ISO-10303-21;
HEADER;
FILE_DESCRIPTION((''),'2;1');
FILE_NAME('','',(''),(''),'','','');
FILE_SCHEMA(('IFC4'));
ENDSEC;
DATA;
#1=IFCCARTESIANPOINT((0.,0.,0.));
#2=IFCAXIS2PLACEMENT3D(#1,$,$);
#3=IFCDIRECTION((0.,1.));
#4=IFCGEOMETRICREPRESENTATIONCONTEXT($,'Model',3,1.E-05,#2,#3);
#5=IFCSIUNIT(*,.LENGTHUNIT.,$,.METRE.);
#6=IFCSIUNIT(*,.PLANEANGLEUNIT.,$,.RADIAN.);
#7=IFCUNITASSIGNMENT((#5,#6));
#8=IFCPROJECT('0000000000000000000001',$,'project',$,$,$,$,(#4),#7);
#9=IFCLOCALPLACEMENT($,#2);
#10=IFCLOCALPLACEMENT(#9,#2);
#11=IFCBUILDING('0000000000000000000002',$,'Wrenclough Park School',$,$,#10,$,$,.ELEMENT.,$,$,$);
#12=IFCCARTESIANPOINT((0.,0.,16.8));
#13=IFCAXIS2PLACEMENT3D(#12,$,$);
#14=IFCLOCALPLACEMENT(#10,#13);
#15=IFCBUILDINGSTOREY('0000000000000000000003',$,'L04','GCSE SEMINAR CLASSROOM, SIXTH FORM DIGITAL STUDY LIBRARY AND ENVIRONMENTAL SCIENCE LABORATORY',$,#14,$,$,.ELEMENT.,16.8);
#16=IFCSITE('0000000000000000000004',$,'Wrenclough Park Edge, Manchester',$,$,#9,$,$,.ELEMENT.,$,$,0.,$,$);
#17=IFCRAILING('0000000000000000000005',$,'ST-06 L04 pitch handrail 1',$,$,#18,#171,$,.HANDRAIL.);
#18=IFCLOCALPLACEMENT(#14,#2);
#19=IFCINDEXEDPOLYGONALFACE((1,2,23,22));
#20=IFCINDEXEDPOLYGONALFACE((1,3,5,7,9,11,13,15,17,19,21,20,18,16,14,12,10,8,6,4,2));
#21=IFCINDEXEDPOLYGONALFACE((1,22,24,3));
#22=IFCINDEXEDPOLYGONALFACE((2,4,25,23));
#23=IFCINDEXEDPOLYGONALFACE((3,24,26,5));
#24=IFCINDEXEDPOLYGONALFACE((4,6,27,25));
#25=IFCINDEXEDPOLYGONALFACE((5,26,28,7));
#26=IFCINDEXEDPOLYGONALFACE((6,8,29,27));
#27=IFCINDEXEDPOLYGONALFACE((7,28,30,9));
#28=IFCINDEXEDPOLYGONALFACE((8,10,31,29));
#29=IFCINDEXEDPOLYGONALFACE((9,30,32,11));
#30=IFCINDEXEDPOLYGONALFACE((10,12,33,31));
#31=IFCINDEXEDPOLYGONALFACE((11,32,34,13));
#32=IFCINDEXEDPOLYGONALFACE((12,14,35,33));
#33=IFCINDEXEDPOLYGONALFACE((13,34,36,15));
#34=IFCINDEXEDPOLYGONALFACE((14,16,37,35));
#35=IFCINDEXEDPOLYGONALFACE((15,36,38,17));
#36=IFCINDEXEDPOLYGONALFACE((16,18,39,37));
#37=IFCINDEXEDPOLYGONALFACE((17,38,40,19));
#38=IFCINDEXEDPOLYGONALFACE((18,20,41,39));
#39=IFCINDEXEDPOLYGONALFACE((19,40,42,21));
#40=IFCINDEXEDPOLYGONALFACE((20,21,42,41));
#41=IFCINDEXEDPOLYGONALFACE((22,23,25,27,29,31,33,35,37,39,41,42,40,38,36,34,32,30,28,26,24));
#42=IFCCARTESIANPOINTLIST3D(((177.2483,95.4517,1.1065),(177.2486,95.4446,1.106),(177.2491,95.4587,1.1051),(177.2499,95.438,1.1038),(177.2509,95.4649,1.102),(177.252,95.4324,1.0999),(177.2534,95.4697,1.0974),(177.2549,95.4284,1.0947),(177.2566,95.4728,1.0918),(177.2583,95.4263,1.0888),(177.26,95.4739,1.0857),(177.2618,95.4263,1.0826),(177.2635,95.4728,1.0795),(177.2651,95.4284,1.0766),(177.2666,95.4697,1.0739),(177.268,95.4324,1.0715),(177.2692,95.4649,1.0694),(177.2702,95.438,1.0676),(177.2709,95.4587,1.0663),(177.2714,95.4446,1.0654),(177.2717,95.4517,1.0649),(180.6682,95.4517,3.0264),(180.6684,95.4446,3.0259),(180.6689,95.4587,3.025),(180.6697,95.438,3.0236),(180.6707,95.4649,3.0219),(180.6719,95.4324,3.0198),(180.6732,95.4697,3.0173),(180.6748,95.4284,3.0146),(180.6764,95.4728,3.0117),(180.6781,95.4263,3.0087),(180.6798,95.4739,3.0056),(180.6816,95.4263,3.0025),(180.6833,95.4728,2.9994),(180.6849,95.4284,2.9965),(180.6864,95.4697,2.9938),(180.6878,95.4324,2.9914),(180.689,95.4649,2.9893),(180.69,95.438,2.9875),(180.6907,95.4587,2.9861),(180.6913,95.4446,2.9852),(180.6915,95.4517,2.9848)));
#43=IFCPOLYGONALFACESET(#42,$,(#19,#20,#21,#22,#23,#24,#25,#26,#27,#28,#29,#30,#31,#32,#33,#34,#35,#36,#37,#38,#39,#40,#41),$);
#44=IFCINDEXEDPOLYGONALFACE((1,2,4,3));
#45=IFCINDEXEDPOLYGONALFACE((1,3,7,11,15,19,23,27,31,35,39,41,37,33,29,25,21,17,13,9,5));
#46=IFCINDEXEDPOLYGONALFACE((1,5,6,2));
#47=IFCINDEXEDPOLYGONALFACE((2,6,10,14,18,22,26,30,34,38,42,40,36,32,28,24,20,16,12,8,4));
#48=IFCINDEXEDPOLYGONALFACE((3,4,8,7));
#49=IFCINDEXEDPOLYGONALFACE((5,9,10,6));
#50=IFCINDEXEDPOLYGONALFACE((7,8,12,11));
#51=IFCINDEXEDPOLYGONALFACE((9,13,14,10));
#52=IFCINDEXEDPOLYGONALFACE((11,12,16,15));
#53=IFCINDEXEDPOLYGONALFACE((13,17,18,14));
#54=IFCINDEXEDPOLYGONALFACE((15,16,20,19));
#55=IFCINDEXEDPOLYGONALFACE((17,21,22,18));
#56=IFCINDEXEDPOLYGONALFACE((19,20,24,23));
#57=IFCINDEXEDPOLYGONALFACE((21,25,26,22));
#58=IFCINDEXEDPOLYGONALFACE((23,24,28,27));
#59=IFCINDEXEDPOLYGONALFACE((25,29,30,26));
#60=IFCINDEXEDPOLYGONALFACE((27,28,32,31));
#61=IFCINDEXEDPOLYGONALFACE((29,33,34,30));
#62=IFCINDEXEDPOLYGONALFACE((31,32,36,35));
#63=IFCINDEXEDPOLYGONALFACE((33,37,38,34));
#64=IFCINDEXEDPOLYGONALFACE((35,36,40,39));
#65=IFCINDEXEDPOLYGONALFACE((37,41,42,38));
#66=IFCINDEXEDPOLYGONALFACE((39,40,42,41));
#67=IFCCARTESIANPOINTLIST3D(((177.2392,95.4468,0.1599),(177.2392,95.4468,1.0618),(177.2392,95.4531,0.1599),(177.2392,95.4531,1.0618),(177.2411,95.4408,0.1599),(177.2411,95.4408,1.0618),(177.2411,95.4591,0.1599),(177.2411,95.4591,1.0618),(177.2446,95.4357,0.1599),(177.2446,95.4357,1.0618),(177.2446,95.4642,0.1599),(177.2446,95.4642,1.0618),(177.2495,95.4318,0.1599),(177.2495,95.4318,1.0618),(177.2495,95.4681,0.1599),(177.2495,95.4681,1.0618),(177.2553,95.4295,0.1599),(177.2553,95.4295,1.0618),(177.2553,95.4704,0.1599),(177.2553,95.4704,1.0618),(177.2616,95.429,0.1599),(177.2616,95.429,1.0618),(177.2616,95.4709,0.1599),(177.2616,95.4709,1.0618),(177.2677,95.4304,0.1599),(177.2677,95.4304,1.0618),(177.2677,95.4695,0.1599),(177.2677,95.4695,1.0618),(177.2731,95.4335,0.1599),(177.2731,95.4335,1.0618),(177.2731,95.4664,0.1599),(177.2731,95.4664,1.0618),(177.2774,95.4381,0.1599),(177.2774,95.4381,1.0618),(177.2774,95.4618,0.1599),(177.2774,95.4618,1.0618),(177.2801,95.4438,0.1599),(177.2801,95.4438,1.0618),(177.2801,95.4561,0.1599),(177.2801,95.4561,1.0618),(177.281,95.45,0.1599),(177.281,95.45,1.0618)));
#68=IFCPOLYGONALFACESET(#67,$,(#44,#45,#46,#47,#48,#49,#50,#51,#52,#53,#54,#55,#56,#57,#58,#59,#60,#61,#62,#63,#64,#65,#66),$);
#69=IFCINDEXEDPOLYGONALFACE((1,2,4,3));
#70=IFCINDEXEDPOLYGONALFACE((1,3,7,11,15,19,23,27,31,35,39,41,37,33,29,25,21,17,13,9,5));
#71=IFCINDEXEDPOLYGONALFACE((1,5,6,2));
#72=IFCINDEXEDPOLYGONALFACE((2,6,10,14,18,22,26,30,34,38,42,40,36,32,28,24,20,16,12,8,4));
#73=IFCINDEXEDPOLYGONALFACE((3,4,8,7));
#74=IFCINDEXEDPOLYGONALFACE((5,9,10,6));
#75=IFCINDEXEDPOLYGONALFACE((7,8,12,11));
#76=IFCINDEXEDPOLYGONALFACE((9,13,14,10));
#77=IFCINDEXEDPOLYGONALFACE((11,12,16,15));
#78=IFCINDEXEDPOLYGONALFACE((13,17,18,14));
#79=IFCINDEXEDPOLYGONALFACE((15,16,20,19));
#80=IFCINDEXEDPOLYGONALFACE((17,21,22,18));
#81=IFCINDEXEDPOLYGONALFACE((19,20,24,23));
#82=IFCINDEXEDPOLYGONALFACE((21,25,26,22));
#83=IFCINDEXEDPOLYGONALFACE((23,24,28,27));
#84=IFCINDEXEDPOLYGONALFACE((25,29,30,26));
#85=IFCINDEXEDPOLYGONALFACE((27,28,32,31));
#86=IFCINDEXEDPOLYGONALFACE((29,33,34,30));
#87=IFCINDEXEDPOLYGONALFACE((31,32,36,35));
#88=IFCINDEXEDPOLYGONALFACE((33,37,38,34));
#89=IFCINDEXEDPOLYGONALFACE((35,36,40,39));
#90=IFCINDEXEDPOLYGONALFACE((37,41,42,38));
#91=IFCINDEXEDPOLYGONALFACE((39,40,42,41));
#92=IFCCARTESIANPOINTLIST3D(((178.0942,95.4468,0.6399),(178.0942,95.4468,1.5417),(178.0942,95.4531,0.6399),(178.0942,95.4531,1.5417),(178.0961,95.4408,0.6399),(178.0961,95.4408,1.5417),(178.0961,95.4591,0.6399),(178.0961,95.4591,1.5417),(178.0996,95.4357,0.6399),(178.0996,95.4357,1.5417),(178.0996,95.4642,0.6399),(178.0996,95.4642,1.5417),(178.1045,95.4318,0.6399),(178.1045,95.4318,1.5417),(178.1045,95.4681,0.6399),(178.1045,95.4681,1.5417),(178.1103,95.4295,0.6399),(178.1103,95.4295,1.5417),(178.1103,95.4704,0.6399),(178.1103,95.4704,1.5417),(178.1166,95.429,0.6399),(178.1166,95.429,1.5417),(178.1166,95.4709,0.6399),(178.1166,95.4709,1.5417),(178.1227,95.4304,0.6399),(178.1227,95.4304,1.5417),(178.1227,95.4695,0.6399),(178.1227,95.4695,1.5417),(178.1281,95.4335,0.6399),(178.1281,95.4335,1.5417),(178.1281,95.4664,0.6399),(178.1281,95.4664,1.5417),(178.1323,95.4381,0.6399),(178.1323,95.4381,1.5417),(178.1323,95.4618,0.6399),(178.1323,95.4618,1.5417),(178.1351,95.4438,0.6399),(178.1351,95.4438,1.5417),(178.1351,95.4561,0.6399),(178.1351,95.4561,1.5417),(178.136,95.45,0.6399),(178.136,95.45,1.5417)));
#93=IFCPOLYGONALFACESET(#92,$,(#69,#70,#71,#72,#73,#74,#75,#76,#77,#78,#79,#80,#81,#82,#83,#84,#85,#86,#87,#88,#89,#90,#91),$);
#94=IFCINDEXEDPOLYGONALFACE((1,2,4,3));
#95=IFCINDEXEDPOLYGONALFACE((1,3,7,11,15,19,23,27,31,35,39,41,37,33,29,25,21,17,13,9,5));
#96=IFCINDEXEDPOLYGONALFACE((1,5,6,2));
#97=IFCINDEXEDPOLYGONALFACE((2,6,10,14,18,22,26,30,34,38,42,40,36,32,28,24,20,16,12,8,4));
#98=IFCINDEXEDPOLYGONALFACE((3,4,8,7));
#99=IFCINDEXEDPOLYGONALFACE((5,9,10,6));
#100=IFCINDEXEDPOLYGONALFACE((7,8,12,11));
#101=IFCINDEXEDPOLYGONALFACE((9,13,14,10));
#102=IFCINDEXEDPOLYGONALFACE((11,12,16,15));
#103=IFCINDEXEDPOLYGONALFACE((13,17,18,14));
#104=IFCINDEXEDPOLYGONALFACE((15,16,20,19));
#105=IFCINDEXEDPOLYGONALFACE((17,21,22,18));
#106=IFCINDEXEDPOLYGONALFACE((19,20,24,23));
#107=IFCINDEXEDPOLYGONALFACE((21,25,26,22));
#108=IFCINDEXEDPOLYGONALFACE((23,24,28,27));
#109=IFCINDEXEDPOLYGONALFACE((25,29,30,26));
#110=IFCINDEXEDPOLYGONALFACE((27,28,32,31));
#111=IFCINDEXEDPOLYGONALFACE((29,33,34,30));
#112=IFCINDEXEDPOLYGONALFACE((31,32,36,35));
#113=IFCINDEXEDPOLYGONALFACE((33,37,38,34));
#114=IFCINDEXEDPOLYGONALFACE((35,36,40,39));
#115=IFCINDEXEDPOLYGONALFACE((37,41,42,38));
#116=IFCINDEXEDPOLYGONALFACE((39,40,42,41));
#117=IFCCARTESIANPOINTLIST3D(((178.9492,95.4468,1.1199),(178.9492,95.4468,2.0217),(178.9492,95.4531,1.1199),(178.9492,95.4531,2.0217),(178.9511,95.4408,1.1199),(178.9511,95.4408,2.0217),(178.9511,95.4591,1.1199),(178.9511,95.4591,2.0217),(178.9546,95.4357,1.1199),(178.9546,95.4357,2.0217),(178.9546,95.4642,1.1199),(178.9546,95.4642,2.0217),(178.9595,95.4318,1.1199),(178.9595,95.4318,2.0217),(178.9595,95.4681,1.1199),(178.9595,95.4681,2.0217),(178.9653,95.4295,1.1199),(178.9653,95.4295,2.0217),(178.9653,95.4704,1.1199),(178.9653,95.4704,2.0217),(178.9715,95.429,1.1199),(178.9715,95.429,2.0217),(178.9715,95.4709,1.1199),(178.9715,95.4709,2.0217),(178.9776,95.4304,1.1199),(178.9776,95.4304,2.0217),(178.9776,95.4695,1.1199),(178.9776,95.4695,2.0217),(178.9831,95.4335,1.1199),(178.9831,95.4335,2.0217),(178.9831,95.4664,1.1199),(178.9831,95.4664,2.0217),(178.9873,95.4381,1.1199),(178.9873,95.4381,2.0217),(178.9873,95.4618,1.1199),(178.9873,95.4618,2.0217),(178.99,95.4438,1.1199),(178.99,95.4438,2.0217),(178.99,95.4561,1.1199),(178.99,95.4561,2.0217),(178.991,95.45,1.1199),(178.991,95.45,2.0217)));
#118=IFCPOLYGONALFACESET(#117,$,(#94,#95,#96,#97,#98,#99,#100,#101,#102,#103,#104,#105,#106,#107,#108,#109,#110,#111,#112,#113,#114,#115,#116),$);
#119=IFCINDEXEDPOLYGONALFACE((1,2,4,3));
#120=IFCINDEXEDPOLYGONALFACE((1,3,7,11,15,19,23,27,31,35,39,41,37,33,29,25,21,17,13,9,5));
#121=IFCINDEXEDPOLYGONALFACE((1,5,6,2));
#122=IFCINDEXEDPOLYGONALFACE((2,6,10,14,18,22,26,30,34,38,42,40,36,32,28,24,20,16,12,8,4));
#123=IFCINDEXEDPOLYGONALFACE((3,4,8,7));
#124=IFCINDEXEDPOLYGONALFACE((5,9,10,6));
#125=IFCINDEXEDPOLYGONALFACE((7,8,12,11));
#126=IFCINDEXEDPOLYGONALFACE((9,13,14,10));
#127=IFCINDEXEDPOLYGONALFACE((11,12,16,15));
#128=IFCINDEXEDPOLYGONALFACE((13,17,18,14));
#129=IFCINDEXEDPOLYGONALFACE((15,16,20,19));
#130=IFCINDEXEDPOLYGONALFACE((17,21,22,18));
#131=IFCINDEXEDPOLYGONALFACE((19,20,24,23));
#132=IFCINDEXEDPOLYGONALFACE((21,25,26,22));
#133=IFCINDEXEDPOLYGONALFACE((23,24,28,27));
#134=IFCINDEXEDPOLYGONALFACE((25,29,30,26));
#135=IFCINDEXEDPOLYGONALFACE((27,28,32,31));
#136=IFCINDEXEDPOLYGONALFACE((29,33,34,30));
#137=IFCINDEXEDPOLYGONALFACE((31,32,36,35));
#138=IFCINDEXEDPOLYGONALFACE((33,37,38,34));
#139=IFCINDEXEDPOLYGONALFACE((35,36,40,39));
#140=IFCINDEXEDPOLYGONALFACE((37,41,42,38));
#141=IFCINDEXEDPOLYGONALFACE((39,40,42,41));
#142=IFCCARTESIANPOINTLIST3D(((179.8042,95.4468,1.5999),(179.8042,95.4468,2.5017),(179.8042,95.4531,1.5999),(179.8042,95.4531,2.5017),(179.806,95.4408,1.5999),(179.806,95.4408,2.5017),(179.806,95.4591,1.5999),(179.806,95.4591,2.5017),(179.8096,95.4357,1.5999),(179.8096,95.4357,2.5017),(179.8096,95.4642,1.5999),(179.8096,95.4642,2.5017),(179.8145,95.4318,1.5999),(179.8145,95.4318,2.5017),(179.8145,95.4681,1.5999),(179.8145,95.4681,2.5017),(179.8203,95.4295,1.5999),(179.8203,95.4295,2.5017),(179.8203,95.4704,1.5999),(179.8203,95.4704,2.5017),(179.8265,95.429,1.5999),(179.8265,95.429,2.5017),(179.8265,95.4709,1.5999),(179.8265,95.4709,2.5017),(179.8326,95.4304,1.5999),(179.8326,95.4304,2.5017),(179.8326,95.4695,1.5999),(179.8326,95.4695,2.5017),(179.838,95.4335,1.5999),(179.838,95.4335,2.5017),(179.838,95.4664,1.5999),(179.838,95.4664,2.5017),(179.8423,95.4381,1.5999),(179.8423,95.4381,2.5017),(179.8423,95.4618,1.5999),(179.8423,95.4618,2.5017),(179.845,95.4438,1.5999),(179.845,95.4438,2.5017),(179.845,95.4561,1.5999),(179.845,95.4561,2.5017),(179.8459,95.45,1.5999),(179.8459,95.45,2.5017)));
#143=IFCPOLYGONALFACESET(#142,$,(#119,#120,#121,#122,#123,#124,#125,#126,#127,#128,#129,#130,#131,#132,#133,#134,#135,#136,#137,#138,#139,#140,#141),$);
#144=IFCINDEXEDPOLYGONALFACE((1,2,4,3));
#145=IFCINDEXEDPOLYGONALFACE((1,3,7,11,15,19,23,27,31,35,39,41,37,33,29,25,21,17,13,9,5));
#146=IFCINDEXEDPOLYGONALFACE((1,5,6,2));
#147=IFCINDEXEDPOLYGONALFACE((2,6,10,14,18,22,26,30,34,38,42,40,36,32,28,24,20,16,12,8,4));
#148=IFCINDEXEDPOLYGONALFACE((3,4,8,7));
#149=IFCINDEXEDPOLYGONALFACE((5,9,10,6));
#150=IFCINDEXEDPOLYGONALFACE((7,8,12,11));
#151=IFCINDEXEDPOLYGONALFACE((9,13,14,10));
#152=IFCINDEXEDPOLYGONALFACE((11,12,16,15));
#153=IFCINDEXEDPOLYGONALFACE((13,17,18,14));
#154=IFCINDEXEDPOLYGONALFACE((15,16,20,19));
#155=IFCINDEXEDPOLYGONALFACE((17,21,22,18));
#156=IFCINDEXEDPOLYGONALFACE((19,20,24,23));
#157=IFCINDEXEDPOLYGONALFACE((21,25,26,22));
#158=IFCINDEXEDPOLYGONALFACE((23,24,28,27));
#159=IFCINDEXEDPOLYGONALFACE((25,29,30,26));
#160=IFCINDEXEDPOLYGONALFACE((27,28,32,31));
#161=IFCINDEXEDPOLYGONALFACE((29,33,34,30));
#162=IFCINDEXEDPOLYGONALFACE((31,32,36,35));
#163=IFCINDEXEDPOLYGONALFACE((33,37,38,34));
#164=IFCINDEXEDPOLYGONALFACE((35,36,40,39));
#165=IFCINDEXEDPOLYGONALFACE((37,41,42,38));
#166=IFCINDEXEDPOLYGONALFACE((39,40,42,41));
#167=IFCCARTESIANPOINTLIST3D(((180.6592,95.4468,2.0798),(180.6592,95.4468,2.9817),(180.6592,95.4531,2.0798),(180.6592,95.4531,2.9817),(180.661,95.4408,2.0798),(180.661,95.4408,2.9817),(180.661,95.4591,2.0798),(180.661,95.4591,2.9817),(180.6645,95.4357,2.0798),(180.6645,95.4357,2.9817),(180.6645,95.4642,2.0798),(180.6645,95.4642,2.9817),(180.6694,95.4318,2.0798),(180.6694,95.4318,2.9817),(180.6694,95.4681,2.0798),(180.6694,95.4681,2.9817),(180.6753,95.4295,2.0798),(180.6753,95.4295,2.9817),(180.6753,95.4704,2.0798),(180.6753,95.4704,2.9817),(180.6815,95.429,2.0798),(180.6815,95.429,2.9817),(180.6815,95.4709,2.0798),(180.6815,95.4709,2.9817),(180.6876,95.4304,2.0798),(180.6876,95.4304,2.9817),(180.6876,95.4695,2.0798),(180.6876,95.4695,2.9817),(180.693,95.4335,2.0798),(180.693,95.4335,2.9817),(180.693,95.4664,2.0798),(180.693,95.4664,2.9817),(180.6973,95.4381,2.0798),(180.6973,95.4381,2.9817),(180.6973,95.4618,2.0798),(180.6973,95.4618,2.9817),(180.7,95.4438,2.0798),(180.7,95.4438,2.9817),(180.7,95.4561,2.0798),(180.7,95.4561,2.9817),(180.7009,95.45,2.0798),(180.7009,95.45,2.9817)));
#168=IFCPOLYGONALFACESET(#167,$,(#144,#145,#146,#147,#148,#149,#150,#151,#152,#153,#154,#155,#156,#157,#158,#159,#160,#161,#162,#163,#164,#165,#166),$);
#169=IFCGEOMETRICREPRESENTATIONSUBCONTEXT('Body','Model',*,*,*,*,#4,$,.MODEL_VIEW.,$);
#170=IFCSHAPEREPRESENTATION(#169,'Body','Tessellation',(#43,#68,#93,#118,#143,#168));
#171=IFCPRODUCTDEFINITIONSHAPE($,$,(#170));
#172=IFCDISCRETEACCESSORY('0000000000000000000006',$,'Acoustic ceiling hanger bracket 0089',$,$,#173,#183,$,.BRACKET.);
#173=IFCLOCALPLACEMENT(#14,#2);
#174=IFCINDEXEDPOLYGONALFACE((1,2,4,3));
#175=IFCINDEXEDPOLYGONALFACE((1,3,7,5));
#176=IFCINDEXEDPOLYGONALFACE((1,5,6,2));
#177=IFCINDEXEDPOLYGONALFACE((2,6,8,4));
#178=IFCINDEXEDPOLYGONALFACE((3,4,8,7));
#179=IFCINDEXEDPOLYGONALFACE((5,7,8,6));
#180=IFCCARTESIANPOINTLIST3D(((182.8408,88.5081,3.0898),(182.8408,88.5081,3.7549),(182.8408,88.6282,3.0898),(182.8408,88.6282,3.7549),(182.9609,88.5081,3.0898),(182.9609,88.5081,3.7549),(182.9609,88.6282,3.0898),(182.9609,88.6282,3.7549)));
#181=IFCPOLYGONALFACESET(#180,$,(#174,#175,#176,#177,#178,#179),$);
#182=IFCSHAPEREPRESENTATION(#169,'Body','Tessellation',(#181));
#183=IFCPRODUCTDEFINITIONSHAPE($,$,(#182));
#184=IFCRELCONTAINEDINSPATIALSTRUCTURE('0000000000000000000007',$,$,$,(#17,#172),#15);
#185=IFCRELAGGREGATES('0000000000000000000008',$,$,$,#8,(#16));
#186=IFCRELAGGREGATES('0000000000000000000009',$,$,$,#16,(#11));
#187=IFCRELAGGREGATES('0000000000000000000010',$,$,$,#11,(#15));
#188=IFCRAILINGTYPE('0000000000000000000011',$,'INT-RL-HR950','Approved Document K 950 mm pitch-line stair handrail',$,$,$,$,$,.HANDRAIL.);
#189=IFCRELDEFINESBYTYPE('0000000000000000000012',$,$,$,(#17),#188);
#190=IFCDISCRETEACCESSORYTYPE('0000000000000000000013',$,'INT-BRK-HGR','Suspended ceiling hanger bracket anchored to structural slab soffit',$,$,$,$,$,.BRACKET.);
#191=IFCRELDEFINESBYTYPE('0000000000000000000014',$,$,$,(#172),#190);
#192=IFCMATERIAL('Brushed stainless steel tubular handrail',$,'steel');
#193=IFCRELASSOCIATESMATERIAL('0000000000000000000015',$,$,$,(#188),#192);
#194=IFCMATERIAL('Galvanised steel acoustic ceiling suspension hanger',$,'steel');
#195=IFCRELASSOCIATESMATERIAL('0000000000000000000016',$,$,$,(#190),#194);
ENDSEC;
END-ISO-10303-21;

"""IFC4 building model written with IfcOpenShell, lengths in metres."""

from ifc_helpers import new_model, si_unit, direction, frame, origin, origin_2d, place, context, subcontext, project, spatial, rectangle, circle, extrude, material, type_object, element, save


model = new_model("IFC4")

# Units and contexts
model_context = context("Model", 3, precision=1e-05, world=origin(), true_north=direction((0.0, 1.0)))
body_context = subcontext(model_context, "Body", "Model", "MODEL_VIEW")
ifc_project = project(units=[si_unit("LENGTHUNIT", "METRE"), si_unit("PLANEANGLEUNIT", "RADIAN")], contexts=[model_context])

# Site, building, storey
site_placement = place(None, origin())
site = spatial("IfcSite", under=ifc_project, at=site_placement, Name="Wrenclough Park Edge, Manchester", CompositionType="ELEMENT", RefElevation=0.0)
building_placement = place(site_placement, origin())
building = spatial("IfcBuilding", under=site, at=building_placement, Name="Wrenclough Park School", CompositionType="ELEMENT")
storey_placement = place(building_placement, frame((0.0, 0.0, 16.8)))
storey = spatial("IfcBuildingStorey", under=building, at=storey_placement, Name="L04", Description="GCSE SEMINAR CLASSROOM, SIXTH FORM DIGITAL STUDY LIBRARY AND ENVIRONMENTAL SCIENCE LABORATORY", CompositionType="ELEMENT", Elevation=16.8)

# Railing
ifc_material_1 = material(Name="Brushed stainless steel tubular handrail", Category="steel")
railing_type_1 = type_object("IfcRailingType", Name="INT-RL-HR950", Description="Approved Document K 950 mm pitch-line stair handrail", PredefinedType="HANDRAIL", material=ifc_material_1)
railing_1_placement = place(storey_placement, frame((177.26, 95.45, 0.1599)))
element("IfcRailing", 1, at=railing_1_placement, inside=storey, type_object=railing_type_1, Name="ST-06 L04 pitch handrail 1", PredefinedType="HANDRAIL", context=body_context, shape_type="SweptSolid", body=[
    extrude(circle(Radius=0.0239, at=origin_2d()), frame((0.0, 0.0, 0.9258), z_axis=(0.871988, 0.0, 0.489528), x_axis=(0.0, 1.0, 0.0)), (0.0, 0.0, 1.0), 3.9219),
    extrude(circle(Radius=0.021, at=origin_2d()), origin(), (0.0, 0.0, 1.0), 0.9019),
    extrude(circle(Radius=0.021, at=origin_2d()), frame((0.855, 0.0, 0.48)), (0.0, 0.0, 1.0), 0.9019),
    extrude(circle(Radius=0.021, at=origin_2d()), frame((1.71, 0.0, 0.96)), (0.0, 0.0, 1.0), 0.9019),
    extrude(circle(Radius=0.021, at=origin_2d()), frame((2.5649, 0.0, 1.4399)), (0.0, 0.0, 1.0), 0.9019),
    extrude(circle(Radius=0.021, at=origin_2d()), frame((3.4199, 0.0, 1.9199)), (0.0, 0.0, 1.0), 0.9019),
])

# Discrete accessory
ifc_material_2 = material(Name="Galvanised steel acoustic ceiling suspension hanger", Category="steel")
discrete_accessory_type = type_object("IfcDiscreteAccessoryType", Name="INT-BRK-HGR", Description="Suspended ceiling hanger bracket anchored to structural slab soffit", PredefinedType="BRACKET", material=ifc_material_2)
discrete_accessory_placement = place(storey_placement, frame((182.9009, 88.5681, 3.0898), z_axis=(0.0, 0.0, 1.0), x_axis=(1.0, 0.0, 0.0)))
element("IfcDiscreteAccessory", 2, at=discrete_accessory_placement, inside=storey, type_object=discrete_accessory_type, Name="Acoustic ceiling hanger bracket 0089", PredefinedType="BRACKET", context=body_context, shape_type="SweptSolid", body=[
    extrude(rectangle(XDim=0.1201, YDim=0.1201, at=origin_2d()), origin(), (0.0, 0.0, 1.0), 0.665),
])

save(model, "model.ifc")
